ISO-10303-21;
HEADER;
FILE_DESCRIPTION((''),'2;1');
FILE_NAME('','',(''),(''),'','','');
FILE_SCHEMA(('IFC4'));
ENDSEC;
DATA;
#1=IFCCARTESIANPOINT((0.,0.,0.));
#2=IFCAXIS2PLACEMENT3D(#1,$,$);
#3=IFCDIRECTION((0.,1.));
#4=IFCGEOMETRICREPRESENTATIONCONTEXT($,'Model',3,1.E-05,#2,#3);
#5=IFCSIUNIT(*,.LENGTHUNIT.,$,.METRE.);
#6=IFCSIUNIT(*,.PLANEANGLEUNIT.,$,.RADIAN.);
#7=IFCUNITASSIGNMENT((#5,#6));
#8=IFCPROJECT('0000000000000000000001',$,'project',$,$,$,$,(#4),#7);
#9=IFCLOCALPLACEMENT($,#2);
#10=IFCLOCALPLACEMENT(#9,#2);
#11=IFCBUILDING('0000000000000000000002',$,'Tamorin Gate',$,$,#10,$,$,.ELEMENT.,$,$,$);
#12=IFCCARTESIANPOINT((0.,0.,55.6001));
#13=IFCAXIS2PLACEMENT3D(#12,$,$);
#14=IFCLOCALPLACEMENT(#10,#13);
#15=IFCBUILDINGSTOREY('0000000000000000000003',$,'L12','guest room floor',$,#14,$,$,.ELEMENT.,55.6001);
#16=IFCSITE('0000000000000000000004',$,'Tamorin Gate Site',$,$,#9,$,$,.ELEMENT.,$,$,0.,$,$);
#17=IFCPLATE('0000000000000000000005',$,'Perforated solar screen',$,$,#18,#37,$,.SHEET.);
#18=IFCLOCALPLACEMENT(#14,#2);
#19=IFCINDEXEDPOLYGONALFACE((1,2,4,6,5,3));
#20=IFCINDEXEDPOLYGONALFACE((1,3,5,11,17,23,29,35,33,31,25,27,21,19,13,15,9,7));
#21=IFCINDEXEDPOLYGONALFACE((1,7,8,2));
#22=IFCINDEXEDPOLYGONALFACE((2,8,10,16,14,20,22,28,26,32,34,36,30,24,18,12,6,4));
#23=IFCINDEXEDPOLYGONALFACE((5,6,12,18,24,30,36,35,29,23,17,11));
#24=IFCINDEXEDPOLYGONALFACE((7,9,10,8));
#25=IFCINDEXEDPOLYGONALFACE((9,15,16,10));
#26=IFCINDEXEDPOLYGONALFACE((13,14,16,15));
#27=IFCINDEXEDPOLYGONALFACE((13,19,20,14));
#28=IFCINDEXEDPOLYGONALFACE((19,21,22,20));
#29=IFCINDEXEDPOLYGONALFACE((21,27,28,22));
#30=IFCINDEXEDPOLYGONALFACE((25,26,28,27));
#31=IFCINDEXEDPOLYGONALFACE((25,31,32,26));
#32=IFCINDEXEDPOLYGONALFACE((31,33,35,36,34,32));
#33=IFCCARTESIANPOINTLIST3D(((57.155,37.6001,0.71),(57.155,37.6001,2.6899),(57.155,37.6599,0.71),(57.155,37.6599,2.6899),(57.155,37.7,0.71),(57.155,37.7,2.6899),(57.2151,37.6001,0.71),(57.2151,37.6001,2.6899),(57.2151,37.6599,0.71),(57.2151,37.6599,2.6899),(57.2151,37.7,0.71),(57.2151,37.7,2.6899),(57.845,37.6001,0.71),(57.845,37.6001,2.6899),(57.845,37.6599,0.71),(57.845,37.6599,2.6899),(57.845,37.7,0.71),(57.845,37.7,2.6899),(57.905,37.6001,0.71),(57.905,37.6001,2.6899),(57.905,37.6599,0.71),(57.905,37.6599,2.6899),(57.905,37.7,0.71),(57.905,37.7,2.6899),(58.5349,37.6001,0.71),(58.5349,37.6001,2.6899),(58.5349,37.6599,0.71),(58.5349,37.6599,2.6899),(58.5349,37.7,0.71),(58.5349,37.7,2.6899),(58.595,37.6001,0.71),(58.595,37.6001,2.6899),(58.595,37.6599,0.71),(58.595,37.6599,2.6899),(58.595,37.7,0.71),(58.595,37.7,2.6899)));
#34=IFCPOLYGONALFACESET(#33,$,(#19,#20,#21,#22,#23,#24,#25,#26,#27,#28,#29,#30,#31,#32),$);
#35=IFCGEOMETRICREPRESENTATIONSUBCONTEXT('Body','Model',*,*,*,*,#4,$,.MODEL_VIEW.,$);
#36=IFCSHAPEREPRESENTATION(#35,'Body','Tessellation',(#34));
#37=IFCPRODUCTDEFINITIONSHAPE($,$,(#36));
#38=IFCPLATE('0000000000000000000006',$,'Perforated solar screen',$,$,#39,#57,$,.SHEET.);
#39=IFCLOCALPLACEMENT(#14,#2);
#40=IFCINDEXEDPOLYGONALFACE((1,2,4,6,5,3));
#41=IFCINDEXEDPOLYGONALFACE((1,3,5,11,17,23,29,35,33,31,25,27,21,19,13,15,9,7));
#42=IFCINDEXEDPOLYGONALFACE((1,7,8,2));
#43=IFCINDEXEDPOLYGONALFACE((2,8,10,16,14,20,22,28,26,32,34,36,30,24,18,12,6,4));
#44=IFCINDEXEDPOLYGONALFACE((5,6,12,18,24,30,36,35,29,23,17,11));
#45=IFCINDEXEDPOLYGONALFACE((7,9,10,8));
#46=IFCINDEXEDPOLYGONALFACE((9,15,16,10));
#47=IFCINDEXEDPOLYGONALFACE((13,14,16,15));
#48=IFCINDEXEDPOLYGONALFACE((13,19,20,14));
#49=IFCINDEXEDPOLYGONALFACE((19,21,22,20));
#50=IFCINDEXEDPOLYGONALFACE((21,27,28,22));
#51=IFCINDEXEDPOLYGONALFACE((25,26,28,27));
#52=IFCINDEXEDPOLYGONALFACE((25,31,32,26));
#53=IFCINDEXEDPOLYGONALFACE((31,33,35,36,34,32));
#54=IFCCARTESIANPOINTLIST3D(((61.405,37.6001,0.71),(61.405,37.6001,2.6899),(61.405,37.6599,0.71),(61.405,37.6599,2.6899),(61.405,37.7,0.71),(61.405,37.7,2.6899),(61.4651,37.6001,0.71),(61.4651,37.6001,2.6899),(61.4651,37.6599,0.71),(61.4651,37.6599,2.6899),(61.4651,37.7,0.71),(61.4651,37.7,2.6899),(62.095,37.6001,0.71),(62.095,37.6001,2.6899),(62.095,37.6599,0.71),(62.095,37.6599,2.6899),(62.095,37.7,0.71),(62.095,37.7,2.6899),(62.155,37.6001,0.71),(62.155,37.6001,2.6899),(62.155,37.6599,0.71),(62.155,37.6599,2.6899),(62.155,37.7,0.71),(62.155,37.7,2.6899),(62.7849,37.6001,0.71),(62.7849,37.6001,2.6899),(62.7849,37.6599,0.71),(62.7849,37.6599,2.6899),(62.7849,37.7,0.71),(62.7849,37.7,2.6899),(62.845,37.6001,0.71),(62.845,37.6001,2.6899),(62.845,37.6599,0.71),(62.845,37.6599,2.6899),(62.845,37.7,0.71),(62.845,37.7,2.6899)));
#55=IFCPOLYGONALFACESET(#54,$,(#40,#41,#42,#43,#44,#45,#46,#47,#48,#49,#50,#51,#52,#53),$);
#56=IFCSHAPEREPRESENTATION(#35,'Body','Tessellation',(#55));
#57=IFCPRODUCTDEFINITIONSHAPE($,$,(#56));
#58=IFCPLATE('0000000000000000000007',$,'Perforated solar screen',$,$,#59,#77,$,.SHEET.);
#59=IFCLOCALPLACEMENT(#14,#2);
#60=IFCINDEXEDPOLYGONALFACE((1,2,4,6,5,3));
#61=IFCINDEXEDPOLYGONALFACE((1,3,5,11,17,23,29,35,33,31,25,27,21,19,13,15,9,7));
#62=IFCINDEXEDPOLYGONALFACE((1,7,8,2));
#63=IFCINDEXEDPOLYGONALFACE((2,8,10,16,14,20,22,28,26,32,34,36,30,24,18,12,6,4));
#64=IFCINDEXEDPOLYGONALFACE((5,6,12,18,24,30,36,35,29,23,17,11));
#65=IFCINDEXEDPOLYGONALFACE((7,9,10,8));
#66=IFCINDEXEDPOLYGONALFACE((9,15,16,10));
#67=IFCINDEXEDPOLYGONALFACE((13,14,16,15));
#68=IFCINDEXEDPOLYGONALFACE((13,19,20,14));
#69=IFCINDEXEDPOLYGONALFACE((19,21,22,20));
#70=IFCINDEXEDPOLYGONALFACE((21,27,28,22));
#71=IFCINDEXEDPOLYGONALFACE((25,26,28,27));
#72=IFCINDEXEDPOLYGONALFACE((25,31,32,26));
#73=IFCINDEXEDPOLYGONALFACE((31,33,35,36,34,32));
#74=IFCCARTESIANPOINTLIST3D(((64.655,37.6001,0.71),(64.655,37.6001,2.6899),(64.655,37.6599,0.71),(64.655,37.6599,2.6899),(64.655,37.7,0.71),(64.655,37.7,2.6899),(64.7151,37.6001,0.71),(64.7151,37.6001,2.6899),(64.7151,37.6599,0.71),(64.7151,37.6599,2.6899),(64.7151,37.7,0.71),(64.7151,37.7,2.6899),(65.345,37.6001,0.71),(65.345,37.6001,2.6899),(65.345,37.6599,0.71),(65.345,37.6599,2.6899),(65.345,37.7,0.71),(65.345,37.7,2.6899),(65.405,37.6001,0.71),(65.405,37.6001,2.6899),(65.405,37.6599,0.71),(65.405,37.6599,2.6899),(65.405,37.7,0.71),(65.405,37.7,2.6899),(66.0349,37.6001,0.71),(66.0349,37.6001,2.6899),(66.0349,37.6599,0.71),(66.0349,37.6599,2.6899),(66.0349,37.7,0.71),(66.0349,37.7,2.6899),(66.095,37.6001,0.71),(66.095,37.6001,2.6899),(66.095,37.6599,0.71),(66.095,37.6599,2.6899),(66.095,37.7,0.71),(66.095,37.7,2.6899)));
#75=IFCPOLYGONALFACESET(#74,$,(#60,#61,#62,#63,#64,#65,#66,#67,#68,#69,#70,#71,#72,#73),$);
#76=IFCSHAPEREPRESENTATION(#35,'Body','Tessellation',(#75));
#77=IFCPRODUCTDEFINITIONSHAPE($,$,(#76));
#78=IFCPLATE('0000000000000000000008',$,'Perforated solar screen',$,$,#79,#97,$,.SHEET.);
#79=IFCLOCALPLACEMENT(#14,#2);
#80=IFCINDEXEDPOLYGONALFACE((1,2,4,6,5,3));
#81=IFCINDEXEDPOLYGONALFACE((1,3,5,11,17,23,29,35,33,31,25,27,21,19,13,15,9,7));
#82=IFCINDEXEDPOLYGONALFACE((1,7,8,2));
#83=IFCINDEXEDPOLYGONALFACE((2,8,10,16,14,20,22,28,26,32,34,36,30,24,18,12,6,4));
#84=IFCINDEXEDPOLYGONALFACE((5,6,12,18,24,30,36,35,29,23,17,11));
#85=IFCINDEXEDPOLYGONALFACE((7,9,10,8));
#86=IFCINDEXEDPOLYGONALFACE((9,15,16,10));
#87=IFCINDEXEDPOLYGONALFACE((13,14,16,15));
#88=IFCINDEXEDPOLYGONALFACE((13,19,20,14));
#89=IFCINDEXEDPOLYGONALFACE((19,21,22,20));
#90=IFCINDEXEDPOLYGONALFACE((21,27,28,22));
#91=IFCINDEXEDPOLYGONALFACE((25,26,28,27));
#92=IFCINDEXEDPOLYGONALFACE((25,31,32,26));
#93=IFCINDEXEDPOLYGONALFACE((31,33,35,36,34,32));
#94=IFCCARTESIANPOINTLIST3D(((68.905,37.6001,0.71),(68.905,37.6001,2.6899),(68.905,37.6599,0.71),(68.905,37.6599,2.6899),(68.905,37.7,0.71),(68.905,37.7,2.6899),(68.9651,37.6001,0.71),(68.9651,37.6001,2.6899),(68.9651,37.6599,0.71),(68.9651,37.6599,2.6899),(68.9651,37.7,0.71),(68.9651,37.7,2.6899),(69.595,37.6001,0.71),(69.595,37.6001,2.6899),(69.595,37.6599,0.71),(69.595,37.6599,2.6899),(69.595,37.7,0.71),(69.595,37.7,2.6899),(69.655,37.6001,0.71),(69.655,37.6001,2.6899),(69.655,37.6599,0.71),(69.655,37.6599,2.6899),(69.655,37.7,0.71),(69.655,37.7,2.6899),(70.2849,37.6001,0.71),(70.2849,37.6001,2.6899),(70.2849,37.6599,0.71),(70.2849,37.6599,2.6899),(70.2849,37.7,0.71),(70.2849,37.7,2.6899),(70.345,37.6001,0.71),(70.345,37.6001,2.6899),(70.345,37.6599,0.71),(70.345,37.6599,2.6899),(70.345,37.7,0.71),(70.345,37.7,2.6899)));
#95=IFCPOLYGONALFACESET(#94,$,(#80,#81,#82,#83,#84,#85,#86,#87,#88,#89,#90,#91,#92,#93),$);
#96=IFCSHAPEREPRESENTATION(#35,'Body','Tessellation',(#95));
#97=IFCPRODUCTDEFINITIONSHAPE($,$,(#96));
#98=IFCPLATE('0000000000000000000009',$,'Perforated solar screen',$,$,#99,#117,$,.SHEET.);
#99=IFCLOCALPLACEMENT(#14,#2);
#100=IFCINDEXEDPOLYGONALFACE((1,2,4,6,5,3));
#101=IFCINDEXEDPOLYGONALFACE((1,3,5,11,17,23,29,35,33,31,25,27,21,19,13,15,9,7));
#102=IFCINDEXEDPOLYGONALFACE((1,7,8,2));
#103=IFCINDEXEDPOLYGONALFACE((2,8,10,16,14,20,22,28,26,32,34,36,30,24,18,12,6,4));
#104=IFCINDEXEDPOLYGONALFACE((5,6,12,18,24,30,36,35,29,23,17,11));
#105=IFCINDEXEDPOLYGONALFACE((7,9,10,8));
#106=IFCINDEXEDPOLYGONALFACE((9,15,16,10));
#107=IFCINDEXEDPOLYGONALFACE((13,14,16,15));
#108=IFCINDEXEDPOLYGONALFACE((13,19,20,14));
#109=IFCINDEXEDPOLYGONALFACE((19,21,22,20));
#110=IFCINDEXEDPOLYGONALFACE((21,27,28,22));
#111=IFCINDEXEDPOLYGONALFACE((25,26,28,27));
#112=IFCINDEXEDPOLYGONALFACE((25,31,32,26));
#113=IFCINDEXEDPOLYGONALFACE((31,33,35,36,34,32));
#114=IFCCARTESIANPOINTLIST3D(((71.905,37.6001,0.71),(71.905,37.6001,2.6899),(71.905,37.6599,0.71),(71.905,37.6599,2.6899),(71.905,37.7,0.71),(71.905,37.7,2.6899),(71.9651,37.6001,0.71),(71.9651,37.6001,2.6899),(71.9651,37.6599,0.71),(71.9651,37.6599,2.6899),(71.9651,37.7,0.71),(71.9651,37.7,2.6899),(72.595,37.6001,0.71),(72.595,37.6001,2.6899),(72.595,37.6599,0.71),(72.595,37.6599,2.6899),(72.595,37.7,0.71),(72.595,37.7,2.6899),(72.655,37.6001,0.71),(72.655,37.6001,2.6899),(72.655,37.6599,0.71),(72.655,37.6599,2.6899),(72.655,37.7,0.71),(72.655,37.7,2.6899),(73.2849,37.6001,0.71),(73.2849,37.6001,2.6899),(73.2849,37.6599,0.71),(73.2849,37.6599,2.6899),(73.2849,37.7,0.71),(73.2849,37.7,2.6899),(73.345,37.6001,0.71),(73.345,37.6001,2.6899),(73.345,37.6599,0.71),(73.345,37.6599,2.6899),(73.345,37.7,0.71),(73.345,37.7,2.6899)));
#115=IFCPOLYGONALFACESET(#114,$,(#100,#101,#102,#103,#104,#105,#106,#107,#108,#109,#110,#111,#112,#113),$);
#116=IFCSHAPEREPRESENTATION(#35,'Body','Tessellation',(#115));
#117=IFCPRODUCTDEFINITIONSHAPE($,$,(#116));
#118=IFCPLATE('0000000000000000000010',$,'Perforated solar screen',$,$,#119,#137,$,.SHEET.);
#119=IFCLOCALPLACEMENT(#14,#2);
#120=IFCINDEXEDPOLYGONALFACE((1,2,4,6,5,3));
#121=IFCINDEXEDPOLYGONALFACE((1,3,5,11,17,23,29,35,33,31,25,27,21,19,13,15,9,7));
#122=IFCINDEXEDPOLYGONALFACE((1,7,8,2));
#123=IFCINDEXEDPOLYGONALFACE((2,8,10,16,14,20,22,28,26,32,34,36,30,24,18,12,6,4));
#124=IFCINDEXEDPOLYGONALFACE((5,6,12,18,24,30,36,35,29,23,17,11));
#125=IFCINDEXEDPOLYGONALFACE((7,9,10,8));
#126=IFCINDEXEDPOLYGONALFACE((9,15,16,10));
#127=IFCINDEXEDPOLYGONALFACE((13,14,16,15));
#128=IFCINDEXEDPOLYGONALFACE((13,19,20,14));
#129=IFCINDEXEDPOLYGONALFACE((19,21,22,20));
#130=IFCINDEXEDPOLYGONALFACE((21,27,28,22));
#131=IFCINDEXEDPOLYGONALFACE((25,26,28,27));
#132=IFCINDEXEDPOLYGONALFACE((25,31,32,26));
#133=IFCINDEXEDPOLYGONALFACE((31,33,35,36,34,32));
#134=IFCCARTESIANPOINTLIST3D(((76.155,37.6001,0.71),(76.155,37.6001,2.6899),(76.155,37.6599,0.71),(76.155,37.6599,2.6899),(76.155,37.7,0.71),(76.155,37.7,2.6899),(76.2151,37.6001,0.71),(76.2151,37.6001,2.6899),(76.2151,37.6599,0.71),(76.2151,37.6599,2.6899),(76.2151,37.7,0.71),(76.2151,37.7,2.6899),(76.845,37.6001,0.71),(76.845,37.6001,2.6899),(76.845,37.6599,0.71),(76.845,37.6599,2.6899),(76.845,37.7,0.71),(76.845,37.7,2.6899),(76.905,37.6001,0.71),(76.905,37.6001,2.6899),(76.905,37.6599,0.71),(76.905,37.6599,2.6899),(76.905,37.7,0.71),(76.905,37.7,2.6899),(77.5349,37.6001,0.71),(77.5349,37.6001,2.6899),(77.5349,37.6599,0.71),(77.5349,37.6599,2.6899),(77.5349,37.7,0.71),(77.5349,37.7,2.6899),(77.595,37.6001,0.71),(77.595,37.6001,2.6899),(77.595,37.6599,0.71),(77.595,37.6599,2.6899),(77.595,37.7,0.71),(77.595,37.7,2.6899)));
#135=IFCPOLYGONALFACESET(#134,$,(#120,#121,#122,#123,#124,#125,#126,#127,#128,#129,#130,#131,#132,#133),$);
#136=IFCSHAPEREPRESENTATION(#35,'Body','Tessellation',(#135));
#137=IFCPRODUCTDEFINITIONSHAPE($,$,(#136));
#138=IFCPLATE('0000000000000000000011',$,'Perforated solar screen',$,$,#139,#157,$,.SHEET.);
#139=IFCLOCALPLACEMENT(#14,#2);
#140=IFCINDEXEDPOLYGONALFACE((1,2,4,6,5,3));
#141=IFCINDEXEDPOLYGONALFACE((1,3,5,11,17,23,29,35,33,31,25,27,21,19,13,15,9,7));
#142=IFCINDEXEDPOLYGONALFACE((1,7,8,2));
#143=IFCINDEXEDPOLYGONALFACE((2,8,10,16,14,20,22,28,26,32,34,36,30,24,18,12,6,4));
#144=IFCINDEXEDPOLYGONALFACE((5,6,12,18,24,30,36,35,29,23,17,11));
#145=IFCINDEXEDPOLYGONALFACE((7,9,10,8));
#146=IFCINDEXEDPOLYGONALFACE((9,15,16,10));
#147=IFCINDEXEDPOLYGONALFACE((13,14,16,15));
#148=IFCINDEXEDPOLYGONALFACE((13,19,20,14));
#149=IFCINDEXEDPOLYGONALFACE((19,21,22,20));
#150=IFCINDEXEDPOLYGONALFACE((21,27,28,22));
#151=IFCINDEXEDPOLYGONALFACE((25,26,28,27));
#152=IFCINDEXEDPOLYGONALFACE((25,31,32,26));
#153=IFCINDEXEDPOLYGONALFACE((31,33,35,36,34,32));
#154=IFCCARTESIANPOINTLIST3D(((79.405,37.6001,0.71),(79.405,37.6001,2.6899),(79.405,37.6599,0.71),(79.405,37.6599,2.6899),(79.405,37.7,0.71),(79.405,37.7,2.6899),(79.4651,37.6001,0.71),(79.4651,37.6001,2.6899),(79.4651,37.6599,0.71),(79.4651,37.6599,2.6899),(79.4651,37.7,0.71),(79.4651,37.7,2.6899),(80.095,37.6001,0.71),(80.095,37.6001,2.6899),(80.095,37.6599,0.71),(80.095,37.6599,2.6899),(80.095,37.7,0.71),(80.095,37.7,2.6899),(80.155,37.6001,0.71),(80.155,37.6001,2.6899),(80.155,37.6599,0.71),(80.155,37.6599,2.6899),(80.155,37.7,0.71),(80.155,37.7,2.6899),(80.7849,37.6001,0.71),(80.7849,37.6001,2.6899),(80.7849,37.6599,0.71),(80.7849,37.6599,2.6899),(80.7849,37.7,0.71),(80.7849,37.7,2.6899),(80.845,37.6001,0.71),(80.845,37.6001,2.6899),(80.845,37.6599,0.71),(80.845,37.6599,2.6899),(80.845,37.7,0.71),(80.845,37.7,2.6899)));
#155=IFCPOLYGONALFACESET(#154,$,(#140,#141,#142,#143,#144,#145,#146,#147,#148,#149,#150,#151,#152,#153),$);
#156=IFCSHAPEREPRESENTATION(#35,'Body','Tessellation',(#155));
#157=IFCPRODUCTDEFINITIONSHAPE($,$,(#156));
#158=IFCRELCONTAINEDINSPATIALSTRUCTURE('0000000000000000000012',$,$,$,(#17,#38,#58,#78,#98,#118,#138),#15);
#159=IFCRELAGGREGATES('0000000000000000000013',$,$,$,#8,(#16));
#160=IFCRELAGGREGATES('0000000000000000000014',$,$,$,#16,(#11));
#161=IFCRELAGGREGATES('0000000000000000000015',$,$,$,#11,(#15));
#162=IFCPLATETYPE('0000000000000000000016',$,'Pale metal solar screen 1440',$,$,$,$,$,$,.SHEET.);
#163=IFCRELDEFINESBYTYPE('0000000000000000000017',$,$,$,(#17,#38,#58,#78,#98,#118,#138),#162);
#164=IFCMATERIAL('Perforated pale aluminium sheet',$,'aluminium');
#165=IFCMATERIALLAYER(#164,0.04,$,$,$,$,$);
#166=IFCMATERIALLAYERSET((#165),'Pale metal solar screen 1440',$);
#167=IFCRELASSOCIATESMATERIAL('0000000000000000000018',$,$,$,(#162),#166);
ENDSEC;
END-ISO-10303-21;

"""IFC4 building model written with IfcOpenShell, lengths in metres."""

from ifc_helpers import new_model, si_unit, direction, frame, origin, place, context, subcontext, project, spatial, polyline, outline, extrude, material, layer, layer_set, type_object, element, save


model = new_model("IFC4")

# Units and contexts
model_context = context("Model", 3, precision=1e-05, world=origin(), true_north=direction((0.0, 1.0)))
body_context = subcontext(model_context, "Body", "Model", "MODEL_VIEW")
ifc_project = project(units=[si_unit("LENGTHUNIT", "METRE"), si_unit("PLANEANGLEUNIT", "RADIAN")], contexts=[model_context])

# Site, building, storey
site_placement = place(None, origin())
site = spatial("IfcSite", under=ifc_project, at=site_placement, Name="Tamorin Gate Site", CompositionType="ELEMENT", RefElevation=0.0)
building_placement = place(site_placement, origin())
building = spatial("IfcBuilding", under=site, at=building_placement, Name="Tamorin Gate", CompositionType="ELEMENT")
storey_placement = place(building_placement, frame((0.0, 0.0, 55.6001)))
storey = spatial("IfcBuildingStorey", under=building, at=storey_placement, Name="L12", Description="guest room floor", CompositionType="ELEMENT", Elevation=55.6001)

# Plates
ifc_material_1 = material(Name="Perforated pale aluminium sheet", Category="aluminium")
ifc_layer_1 = layer(ifc_material_1, 0.04)
ifc_layer_set_1 = layer_set([ifc_layer_1], Name="Pale metal solar screen 1440")
plate_type = type_object("IfcPlateType", Name="Pale metal solar screen 1440", PredefinedType="SHEET", material=ifc_layer_set_1)
plate_1_placement = place(storey_placement, frame((0.0, 0.0, 0.71)))
element("IfcPlate", 1, at=plate_1_placement, inside=storey, type_object=plate_type, Name="Perforated solar screen", PredefinedType="SHEET", context=body_context, shape_type="SweptSolid", body=[
    extrude(outline(polyline([(57.155, 37.6599), (57.155, 37.7), (57.2151, 37.7), (57.845, 37.7), (57.905, 37.7), (58.5349, 37.7), (58.595, 37.7), (58.595, 37.6599), (58.595, 37.6001), (58.5349, 37.6001), (58.5349, 37.6599), (57.905, 37.6599), (57.905, 37.6001), (57.845, 37.6001), (57.845, 37.6599), (57.2151, 37.6599), (57.2151, 37.6001), (57.155, 37.6001), (57.155, 37.6599)])), origin(), (0.0, 0.0, 1.0), 1.98),
])
plate_2_placement = place(storey_placement, frame((0.0, 0.0, 0.71)))
element("IfcPlate", 2, at=plate_2_placement, inside=storey, type_object=plate_type, Name="Perforated solar screen", PredefinedType="SHEET", context=body_context, shape_type="SweptSolid", body=[
    extrude(outline(polyline([(61.405, 37.6599), (61.405, 37.7), (61.4651, 37.7), (62.095, 37.7), (62.155, 37.7), (62.7849, 37.7), (62.845, 37.7), (62.845, 37.6599), (62.845, 37.6001), (62.7849, 37.6001), (62.7849, 37.6599), (62.155, 37.6599), (62.155, 37.6001), (62.095, 37.6001), (62.095, 37.6599), (61.4651, 37.6599), (61.4651, 37.6001), (61.405, 37.6001), (61.405, 37.6599)])), origin(), (0.0, 0.0, 1.0), 1.98),
])
plate_3_placement = place(storey_placement, frame((0.0, 0.0, 0.71)))
element("IfcPlate", 3, at=plate_3_placement, inside=storey, type_object=plate_type, Name="Perforated solar screen", PredefinedType="SHEET", context=body_context, shape_type="SweptSolid", body=[
    extrude(outline(polyline([(64.655, 37.6599), (64.655, 37.7), (64.7151, 37.7), (65.345, 37.7), (65.405, 37.7), (66.0349, 37.7), (66.095, 37.7), (66.095, 37.6599), (66.095, 37.6001), (66.0349, 37.6001), (66.0349, 37.6599), (65.405, 37.6599), (65.405, 37.6001), (65.345, 37.6001), (65.345, 37.6599), (64.7151, 37.6599), (64.7151, 37.6001), (64.655, 37.6001), (64.655, 37.6599)])), origin(), (0.0, 0.0, 1.0), 1.98),
])
plate_4_placement = place(storey_placement, frame((0.0, 0.0, 0.71)))
element("IfcPlate", 4, at=plate_4_placement, inside=storey, type_object=plate_type, Name="Perforated solar screen", PredefinedType="SHEET", context=body_context, shape_type="SweptSolid", body=[
    extrude(outline(polyline([(68.905, 37.6599), (68.905, 37.7), (68.9651, 37.7), (69.595, 37.7), (69.655, 37.7), (70.2849, 37.7), (70.345, 37.7), (70.345, 37.6599), (70.345, 37.6001), (70.2849, 37.6001), (70.2849, 37.6599), (69.655, 37.6599), (69.655, 37.6001), (69.595, 37.6001), (69.595, 37.6599), (68.9651, 37.6599), (68.9651, 37.6001), (68.905, 37.6001), (68.905, 37.6599)])), origin(), (0.0, 0.0, 1.0), 1.98),
])
plate_5_placement = place(storey_placement, frame((0.0, 0.0, 0.71)))
element("IfcPlate", 5, at=plate_5_placement, inside=storey, type_object=plate_type, Name="Perforated solar screen", PredefinedType="SHEET", context=body_context, shape_type="SweptSolid", body=[
    extrude(outline(polyline([(71.905, 37.6599), (71.905, 37.7), (71.9651, 37.7), (72.595, 37.7), (72.655, 37.7), (73.2849, 37.7), (73.345, 37.7), (73.345, 37.6599), (73.345, 37.6001), (73.2849, 37.6001), (73.2849, 37.6599), (72.655, 37.6599), (72.655, 37.6001), (72.595, 37.6001), (72.595, 37.6599), (71.9651, 37.6599), (71.9651, 37.6001), (71.905, 37.6001), (71.905, 37.6599)])), origin(), (0.0, 0.0, 1.0), 1.98),
])
plate_6_placement = place(storey_placement, frame((0.0, 0.0, 0.71)))
element("IfcPlate", 6, at=plate_6_placement, inside=storey, type_object=plate_type, Name="Perforated solar screen", PredefinedType="SHEET", context=body_context, shape_type="SweptSolid", body=[
    extrude(outline(polyline([(76.155, 37.6599), (76.155, 37.7), (76.2151, 37.7), (76.845, 37.7), (76.905, 37.7), (77.5349, 37.7), (77.595, 37.7), (77.595, 37.6599), (77.595, 37.6001), (77.5349, 37.6001), (77.5349, 37.6599), (76.905, 37.6599), (76.905, 37.6001), (76.845, 37.6001), (76.845, 37.6599), (76.2151, 37.6599), (76.2151, 37.6001), (76.155, 37.6001), (76.155, 37.6599)])), origin(), (0.0, 0.0, 1.0), 1.98),
])
plate_7_placement = place(storey_placement, frame((0.0, 0.0, 0.71)))
element("IfcPlate", 7, at=plate_7_placement, inside=storey, type_object=plate_type, Name="Perforated solar screen", PredefinedType="SHEET", context=body_context, shape_type="SweptSolid", body=[
    extrude(outline(polyline([(79.405, 37.6599), (79.405, 37.7), (79.4651, 37.7), (80.095, 37.7), (80.155, 37.7), (80.7849, 37.7), (80.845, 37.7), (80.845, 37.6599), (80.845, 37.6001), (80.7849, 37.6001), (80.7849, 37.6599), (80.155, 37.6599), (80.155, 37.6001), (80.095, 37.6001), (80.095, 37.6599), (79.4651, 37.6599), (79.4651, 37.6001), (79.405, 37.6001), (79.405, 37.6599)])), origin(), (0.0, 0.0, 1.0), 1.98),
])

save(model, "model.ifc")
